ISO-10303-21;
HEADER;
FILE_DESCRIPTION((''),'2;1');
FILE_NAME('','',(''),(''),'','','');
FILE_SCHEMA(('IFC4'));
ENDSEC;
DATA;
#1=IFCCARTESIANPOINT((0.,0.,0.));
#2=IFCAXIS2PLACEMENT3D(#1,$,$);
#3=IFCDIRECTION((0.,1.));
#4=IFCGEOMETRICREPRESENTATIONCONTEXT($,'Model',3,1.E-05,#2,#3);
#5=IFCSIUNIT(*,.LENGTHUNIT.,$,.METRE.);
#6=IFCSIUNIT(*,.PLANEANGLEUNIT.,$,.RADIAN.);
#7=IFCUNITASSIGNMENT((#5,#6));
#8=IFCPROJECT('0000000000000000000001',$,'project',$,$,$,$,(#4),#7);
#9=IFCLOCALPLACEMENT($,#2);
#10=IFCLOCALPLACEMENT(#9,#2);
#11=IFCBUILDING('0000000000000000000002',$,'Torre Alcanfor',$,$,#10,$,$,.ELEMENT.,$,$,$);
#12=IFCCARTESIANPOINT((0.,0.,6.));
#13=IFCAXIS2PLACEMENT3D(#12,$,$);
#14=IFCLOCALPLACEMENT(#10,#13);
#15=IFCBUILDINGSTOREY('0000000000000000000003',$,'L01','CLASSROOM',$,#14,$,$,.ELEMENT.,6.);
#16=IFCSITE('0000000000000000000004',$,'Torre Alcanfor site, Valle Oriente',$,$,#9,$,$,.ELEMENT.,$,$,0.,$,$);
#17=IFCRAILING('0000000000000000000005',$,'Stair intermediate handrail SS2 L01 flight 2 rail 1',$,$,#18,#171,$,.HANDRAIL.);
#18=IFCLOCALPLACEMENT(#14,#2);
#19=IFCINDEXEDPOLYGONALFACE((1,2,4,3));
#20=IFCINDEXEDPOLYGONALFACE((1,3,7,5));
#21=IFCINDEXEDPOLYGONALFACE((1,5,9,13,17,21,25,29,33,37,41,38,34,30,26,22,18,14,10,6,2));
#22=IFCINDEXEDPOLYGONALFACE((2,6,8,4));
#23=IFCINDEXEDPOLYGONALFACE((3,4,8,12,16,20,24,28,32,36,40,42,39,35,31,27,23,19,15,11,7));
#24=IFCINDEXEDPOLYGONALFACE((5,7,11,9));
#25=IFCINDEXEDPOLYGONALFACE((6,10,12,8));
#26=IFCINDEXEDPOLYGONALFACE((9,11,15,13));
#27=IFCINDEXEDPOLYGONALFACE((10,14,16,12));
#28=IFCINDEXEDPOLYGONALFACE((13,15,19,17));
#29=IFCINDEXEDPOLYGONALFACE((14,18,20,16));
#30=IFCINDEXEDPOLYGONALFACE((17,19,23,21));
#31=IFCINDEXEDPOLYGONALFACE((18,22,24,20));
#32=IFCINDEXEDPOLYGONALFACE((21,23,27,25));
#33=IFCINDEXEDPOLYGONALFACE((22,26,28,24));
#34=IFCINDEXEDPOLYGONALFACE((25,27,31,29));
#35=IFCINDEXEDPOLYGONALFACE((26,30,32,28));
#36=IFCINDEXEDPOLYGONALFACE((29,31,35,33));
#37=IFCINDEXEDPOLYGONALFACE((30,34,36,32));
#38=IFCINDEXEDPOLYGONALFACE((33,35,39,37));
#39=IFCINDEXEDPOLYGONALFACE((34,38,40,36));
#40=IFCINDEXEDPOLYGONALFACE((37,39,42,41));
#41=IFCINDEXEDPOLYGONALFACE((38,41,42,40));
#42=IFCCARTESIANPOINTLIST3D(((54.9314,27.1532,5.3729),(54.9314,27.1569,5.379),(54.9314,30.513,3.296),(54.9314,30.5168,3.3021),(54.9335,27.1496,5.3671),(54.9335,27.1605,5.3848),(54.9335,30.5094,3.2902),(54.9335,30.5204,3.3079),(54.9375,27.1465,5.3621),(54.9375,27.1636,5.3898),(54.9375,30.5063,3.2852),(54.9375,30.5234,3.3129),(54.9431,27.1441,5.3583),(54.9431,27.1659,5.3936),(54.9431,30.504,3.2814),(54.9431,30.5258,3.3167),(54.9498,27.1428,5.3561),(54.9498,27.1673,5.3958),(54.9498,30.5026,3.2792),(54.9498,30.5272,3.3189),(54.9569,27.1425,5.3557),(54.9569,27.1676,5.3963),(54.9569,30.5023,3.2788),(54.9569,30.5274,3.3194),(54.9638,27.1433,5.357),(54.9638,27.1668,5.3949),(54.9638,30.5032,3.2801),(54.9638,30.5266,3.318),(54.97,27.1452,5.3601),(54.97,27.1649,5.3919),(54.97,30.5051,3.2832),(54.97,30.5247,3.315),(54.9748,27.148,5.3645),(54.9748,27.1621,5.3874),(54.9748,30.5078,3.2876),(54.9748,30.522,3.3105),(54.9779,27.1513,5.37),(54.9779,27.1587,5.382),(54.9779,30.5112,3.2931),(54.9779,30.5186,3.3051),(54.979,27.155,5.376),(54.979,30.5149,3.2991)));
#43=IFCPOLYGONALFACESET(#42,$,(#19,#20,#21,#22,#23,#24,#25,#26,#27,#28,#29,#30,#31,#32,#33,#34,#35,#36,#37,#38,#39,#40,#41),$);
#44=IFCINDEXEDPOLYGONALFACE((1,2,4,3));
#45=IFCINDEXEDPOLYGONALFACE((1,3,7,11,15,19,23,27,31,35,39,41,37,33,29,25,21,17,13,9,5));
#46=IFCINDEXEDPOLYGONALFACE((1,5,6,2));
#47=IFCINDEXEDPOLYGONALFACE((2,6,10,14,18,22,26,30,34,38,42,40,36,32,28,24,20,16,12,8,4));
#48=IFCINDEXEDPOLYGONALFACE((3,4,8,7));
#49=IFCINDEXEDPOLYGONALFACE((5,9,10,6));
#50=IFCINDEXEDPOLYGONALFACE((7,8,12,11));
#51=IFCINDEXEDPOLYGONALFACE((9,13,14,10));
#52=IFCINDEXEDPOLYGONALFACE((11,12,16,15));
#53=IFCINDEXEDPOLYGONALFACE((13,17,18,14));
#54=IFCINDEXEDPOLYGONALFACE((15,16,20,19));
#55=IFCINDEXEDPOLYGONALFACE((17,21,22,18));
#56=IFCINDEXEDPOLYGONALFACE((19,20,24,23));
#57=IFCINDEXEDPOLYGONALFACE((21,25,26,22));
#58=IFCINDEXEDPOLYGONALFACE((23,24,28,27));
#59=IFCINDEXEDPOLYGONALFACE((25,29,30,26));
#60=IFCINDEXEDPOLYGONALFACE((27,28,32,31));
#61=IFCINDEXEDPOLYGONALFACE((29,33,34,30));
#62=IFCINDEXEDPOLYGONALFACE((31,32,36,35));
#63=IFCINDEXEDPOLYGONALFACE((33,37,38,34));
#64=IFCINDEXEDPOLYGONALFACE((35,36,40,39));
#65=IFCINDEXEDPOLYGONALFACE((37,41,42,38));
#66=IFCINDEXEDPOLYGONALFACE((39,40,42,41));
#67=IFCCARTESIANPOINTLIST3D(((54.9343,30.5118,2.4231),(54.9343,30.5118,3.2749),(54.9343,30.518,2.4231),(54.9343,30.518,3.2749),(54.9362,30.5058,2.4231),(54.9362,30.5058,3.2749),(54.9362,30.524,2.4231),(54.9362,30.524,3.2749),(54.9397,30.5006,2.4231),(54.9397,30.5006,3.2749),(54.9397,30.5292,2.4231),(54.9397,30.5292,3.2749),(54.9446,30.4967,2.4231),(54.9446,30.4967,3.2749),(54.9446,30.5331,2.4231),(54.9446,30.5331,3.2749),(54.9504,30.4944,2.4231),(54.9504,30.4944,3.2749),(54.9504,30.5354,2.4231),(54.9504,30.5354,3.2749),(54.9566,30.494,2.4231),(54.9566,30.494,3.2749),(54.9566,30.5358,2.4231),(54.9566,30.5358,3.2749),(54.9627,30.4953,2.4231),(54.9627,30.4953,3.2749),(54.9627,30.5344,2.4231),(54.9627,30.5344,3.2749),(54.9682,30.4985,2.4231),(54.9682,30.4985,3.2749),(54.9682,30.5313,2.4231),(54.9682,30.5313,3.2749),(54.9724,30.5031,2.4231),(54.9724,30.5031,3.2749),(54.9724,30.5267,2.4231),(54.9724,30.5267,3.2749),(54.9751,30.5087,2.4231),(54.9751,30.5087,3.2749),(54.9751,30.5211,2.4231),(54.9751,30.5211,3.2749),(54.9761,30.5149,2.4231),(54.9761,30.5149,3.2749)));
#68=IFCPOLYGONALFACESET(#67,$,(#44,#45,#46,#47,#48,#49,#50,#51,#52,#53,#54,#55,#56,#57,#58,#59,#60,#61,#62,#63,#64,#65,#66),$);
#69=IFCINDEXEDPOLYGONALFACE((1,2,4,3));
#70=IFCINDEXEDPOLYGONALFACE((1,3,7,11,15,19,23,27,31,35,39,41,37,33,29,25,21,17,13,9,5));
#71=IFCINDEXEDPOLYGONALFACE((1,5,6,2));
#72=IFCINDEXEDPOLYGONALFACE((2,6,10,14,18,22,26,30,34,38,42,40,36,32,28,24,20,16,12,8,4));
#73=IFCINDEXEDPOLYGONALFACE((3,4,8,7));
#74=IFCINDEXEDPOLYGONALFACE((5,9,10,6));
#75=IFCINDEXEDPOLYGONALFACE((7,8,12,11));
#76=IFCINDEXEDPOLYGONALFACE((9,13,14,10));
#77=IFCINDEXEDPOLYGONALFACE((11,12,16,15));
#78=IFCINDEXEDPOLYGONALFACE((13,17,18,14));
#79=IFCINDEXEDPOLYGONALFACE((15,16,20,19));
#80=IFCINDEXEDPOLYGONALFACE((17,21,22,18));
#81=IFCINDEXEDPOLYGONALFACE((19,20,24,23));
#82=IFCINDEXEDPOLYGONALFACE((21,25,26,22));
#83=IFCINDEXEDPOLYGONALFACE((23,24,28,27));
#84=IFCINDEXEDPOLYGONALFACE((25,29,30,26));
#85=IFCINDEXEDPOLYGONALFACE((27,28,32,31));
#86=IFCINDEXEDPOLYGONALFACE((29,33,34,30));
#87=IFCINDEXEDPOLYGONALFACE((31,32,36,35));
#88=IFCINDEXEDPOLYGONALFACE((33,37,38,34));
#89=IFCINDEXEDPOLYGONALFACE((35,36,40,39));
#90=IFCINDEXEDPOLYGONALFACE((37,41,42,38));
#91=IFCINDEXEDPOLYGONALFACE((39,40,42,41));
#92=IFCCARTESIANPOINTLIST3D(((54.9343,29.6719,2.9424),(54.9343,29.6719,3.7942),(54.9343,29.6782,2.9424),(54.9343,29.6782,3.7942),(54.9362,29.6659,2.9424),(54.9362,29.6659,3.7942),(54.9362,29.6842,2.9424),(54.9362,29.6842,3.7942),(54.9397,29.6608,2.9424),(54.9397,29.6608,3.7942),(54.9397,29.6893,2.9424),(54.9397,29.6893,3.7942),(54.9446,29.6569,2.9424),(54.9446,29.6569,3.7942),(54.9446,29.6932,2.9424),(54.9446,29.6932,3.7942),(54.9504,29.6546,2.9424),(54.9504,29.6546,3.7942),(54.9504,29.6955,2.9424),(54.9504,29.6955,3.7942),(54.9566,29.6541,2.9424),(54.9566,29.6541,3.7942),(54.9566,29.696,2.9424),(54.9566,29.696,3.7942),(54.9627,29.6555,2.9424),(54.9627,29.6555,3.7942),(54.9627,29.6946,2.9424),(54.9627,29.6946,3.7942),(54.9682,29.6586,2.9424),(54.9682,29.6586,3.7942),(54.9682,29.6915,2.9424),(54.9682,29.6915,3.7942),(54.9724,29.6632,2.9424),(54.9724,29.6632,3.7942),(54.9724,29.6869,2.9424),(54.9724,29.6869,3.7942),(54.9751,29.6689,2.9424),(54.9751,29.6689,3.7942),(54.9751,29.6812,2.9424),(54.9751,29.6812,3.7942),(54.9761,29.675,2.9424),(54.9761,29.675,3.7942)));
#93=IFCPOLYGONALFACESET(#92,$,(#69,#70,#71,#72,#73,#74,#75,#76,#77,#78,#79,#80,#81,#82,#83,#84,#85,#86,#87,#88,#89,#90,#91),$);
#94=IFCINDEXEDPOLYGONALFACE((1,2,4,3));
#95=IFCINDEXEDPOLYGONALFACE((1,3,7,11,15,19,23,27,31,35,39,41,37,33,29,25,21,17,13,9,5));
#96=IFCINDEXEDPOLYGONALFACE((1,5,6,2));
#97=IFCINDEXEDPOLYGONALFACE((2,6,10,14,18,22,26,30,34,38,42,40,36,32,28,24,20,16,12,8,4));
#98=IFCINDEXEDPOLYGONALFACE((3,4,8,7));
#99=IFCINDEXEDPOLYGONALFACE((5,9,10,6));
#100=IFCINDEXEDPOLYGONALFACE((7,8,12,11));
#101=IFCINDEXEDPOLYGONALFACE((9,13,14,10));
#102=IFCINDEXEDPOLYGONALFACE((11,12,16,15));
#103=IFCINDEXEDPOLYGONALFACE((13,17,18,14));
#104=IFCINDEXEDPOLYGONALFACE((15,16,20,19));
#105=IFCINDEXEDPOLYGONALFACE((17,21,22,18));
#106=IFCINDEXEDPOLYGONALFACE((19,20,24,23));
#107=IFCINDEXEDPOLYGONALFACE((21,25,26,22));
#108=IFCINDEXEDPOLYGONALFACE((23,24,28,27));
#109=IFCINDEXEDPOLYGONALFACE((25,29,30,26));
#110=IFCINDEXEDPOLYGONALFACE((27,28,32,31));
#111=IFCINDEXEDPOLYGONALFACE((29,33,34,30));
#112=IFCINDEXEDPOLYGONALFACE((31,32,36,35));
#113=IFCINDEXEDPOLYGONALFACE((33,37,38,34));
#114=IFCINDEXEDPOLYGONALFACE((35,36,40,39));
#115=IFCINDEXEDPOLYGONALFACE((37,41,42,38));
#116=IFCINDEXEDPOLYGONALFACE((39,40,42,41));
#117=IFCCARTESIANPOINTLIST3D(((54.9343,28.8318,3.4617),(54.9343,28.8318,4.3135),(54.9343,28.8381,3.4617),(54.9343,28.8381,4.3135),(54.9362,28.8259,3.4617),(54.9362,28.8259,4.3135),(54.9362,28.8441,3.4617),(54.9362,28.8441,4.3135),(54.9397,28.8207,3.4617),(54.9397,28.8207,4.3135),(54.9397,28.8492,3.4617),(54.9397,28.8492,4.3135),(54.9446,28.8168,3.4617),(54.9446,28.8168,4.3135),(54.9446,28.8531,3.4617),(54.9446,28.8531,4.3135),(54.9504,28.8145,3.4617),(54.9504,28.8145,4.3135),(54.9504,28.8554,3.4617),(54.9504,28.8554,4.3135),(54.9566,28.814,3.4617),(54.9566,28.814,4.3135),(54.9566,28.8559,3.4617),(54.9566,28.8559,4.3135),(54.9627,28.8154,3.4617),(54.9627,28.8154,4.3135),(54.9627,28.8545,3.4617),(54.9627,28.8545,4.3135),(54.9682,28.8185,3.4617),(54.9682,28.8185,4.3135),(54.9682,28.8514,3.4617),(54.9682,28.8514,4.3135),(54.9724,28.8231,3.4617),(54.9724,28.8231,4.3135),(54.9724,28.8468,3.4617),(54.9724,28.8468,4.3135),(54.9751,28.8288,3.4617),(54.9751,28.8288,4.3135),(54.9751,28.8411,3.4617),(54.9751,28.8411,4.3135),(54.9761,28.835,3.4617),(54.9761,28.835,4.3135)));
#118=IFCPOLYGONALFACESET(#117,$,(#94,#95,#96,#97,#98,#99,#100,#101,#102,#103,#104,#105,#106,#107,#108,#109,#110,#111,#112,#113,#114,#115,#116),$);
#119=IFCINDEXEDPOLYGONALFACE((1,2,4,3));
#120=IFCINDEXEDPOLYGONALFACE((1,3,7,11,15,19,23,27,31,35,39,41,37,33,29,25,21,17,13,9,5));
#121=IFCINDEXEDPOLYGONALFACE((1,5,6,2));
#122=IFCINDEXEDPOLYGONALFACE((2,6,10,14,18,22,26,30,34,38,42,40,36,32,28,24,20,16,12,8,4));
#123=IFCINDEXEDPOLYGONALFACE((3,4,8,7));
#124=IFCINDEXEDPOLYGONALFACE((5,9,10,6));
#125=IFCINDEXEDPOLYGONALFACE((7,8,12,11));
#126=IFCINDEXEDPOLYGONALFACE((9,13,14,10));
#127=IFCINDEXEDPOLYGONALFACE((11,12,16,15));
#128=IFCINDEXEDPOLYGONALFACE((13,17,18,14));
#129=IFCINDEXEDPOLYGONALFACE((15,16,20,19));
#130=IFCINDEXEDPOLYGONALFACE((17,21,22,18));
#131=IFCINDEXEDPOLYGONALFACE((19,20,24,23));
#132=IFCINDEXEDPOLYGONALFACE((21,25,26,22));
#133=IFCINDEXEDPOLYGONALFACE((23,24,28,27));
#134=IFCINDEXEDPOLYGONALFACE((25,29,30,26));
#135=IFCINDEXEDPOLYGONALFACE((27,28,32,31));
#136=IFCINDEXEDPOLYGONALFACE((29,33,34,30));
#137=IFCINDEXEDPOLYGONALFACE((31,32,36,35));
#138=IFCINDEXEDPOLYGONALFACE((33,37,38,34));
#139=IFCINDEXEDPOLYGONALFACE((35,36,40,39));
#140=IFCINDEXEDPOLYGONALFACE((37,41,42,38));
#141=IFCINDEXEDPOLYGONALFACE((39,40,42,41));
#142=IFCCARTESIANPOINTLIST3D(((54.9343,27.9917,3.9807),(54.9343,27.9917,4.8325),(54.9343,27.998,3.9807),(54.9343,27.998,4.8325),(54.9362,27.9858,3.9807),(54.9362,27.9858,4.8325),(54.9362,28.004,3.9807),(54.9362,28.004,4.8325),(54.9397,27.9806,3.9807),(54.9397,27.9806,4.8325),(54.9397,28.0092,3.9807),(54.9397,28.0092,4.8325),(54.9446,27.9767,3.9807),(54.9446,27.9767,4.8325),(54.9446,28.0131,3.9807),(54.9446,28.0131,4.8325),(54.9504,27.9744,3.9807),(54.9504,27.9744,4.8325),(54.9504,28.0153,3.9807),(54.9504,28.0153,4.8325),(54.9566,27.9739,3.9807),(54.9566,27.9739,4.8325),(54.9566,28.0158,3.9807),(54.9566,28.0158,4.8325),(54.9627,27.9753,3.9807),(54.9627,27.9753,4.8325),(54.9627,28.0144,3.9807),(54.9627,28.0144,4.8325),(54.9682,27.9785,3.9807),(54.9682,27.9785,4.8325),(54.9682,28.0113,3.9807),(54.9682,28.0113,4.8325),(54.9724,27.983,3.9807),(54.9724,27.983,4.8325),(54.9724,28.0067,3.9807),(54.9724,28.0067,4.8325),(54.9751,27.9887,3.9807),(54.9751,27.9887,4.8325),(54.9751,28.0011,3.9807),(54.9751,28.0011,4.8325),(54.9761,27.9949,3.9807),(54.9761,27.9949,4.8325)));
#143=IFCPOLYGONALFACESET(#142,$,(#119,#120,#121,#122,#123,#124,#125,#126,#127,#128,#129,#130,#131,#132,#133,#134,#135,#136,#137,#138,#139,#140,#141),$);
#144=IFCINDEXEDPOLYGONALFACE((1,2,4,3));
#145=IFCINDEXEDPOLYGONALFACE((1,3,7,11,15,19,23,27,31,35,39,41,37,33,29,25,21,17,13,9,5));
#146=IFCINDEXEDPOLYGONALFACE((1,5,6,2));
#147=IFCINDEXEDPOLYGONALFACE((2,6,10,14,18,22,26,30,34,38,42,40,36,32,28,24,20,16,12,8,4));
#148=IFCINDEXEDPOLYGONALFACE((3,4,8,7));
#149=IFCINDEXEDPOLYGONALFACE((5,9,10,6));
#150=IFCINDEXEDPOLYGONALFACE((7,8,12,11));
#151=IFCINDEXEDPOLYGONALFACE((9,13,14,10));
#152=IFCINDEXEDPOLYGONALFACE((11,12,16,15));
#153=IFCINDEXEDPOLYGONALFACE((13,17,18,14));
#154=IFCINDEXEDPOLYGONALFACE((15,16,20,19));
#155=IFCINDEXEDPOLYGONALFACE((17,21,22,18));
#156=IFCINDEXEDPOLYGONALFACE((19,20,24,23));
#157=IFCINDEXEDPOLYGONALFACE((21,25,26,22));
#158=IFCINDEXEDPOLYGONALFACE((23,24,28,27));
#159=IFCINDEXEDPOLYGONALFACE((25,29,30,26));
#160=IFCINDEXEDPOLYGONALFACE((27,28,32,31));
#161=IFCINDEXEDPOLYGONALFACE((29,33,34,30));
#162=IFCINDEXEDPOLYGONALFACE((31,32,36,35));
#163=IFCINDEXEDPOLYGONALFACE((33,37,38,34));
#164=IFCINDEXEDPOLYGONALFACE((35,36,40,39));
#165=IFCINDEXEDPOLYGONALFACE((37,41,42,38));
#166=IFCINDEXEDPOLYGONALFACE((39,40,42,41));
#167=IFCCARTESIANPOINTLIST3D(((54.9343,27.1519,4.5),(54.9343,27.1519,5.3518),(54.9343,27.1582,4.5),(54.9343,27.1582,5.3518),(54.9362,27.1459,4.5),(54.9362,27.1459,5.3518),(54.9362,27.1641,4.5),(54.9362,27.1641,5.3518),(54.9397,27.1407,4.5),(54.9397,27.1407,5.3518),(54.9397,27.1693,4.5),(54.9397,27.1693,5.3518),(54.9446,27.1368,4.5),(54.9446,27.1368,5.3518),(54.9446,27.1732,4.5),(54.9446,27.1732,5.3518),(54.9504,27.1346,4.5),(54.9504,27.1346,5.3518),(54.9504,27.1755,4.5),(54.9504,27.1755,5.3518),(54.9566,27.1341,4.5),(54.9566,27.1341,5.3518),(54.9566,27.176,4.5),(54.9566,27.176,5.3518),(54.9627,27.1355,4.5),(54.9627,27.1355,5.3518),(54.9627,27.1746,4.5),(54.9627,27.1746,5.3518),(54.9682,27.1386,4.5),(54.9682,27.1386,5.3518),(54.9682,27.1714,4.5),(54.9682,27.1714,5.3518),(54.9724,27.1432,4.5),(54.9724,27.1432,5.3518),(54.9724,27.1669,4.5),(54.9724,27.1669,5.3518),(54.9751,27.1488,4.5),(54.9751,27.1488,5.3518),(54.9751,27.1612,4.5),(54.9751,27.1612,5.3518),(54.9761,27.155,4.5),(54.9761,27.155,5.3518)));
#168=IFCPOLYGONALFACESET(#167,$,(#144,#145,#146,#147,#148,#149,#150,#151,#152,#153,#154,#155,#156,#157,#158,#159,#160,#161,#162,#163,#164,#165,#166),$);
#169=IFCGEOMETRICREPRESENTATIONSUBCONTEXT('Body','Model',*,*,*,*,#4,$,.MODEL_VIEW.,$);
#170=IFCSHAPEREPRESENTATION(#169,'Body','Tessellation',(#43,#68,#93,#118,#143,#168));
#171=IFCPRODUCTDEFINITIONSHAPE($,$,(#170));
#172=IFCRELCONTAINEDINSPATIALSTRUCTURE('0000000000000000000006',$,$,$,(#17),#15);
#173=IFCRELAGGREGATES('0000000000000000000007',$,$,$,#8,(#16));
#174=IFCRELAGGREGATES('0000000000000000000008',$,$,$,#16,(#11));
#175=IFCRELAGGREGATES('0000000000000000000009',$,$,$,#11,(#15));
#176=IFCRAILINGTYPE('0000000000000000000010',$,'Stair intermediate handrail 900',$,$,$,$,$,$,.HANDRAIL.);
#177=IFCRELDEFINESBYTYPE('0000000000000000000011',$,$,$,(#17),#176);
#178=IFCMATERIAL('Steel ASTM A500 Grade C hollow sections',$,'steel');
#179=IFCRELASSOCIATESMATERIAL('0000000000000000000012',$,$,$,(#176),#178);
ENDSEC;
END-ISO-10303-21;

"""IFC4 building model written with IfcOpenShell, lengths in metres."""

from ifc_helpers import new_model, si_unit, direction, frame, origin, origin_2d, place, context, subcontext, project, spatial, circle, extrude, material, type_object, element, save


model = new_model("IFC4")

# Units and contexts
model_context = context("Model", 3, precision=1e-05, world=origin(), true_north=direction((0.0, 1.0)))
body_context = subcontext(model_context, "Body", "Model", "MODEL_VIEW")
ifc_project = project(units=[si_unit("LENGTHUNIT", "METRE"), si_unit("PLANEANGLEUNIT", "RADIAN")], contexts=[model_context])

# Site, building, storey
site_placement = place(None, origin())
site = spatial("IfcSite", under=ifc_project, at=site_placement, Name="Torre Alcanfor site, Valle Oriente", CompositionType="ELEMENT", RefElevation=0.0)
building_placement = place(site_placement, origin())
building = spatial("IfcBuilding", under=site, at=building_placement, Name="Torre Alcanfor", CompositionType="ELEMENT")
storey_placement = place(building_placement, frame((0.0, 0.0, 6.0)))
storey = spatial("IfcBuildingStorey", under=building, at=storey_placement, Name="L01", Description="CLASSROOM", CompositionType="ELEMENT", Elevation=6.0)

# Railing
ifc_material_1 = material(Name="Steel ASTM A500 Grade C hollow sections", Category="steel")
railing_type_1 = type_object("IfcRailingType", Name="Stair intermediate handrail 900", PredefinedType="HANDRAIL", material=ifc_material_1)
railing_1_placement = place(storey_placement, frame((54.9551, 30.5149, 2.4231)))
element("IfcRailing", 1, at=railing_1_placement, inside=storey, type_object=railing_type_1, Name="Stair intermediate handrail SS2 L01 flight 2 rail 1", PredefinedType="HANDRAIL", context=body_context, shape_type="SweptSolid", body=[
    extrude(circle(Radius=0.0239, at=origin_2d()), frame((0.0, 0.0, 0.876), z_axis=(0.0, -0.850606, 0.525803), x_axis=(1.0, 0.0, 0.0)), (0.0, 0.0, 1.0), 3.95),
    extrude(circle(Radius=0.021, at=origin_2d()), origin(), (0.0, 0.0, 1.0), 0.8518),
    extrude(circle(Radius=0.021, at=origin_2d()), frame((0.0, -0.8398, 0.5193)), (0.0, 0.0, 1.0), 0.8518),
    extrude(circle(Radius=0.021, at=origin_2d()), frame((0.0, -1.6799, 1.0386)), (0.0, 0.0, 1.0), 0.8518),
    extrude(circle(Radius=0.021, at=origin_2d()), frame((0.0, -2.52, 1.5576)), (0.0, 0.0, 1.0), 0.8518),
    extrude(circle(Radius=0.021, at=origin_2d()), frame((0.0, -3.3599, 2.0769)), (0.0, 0.0, 1.0), 0.8518),
])

save(model, "model.ifc")
